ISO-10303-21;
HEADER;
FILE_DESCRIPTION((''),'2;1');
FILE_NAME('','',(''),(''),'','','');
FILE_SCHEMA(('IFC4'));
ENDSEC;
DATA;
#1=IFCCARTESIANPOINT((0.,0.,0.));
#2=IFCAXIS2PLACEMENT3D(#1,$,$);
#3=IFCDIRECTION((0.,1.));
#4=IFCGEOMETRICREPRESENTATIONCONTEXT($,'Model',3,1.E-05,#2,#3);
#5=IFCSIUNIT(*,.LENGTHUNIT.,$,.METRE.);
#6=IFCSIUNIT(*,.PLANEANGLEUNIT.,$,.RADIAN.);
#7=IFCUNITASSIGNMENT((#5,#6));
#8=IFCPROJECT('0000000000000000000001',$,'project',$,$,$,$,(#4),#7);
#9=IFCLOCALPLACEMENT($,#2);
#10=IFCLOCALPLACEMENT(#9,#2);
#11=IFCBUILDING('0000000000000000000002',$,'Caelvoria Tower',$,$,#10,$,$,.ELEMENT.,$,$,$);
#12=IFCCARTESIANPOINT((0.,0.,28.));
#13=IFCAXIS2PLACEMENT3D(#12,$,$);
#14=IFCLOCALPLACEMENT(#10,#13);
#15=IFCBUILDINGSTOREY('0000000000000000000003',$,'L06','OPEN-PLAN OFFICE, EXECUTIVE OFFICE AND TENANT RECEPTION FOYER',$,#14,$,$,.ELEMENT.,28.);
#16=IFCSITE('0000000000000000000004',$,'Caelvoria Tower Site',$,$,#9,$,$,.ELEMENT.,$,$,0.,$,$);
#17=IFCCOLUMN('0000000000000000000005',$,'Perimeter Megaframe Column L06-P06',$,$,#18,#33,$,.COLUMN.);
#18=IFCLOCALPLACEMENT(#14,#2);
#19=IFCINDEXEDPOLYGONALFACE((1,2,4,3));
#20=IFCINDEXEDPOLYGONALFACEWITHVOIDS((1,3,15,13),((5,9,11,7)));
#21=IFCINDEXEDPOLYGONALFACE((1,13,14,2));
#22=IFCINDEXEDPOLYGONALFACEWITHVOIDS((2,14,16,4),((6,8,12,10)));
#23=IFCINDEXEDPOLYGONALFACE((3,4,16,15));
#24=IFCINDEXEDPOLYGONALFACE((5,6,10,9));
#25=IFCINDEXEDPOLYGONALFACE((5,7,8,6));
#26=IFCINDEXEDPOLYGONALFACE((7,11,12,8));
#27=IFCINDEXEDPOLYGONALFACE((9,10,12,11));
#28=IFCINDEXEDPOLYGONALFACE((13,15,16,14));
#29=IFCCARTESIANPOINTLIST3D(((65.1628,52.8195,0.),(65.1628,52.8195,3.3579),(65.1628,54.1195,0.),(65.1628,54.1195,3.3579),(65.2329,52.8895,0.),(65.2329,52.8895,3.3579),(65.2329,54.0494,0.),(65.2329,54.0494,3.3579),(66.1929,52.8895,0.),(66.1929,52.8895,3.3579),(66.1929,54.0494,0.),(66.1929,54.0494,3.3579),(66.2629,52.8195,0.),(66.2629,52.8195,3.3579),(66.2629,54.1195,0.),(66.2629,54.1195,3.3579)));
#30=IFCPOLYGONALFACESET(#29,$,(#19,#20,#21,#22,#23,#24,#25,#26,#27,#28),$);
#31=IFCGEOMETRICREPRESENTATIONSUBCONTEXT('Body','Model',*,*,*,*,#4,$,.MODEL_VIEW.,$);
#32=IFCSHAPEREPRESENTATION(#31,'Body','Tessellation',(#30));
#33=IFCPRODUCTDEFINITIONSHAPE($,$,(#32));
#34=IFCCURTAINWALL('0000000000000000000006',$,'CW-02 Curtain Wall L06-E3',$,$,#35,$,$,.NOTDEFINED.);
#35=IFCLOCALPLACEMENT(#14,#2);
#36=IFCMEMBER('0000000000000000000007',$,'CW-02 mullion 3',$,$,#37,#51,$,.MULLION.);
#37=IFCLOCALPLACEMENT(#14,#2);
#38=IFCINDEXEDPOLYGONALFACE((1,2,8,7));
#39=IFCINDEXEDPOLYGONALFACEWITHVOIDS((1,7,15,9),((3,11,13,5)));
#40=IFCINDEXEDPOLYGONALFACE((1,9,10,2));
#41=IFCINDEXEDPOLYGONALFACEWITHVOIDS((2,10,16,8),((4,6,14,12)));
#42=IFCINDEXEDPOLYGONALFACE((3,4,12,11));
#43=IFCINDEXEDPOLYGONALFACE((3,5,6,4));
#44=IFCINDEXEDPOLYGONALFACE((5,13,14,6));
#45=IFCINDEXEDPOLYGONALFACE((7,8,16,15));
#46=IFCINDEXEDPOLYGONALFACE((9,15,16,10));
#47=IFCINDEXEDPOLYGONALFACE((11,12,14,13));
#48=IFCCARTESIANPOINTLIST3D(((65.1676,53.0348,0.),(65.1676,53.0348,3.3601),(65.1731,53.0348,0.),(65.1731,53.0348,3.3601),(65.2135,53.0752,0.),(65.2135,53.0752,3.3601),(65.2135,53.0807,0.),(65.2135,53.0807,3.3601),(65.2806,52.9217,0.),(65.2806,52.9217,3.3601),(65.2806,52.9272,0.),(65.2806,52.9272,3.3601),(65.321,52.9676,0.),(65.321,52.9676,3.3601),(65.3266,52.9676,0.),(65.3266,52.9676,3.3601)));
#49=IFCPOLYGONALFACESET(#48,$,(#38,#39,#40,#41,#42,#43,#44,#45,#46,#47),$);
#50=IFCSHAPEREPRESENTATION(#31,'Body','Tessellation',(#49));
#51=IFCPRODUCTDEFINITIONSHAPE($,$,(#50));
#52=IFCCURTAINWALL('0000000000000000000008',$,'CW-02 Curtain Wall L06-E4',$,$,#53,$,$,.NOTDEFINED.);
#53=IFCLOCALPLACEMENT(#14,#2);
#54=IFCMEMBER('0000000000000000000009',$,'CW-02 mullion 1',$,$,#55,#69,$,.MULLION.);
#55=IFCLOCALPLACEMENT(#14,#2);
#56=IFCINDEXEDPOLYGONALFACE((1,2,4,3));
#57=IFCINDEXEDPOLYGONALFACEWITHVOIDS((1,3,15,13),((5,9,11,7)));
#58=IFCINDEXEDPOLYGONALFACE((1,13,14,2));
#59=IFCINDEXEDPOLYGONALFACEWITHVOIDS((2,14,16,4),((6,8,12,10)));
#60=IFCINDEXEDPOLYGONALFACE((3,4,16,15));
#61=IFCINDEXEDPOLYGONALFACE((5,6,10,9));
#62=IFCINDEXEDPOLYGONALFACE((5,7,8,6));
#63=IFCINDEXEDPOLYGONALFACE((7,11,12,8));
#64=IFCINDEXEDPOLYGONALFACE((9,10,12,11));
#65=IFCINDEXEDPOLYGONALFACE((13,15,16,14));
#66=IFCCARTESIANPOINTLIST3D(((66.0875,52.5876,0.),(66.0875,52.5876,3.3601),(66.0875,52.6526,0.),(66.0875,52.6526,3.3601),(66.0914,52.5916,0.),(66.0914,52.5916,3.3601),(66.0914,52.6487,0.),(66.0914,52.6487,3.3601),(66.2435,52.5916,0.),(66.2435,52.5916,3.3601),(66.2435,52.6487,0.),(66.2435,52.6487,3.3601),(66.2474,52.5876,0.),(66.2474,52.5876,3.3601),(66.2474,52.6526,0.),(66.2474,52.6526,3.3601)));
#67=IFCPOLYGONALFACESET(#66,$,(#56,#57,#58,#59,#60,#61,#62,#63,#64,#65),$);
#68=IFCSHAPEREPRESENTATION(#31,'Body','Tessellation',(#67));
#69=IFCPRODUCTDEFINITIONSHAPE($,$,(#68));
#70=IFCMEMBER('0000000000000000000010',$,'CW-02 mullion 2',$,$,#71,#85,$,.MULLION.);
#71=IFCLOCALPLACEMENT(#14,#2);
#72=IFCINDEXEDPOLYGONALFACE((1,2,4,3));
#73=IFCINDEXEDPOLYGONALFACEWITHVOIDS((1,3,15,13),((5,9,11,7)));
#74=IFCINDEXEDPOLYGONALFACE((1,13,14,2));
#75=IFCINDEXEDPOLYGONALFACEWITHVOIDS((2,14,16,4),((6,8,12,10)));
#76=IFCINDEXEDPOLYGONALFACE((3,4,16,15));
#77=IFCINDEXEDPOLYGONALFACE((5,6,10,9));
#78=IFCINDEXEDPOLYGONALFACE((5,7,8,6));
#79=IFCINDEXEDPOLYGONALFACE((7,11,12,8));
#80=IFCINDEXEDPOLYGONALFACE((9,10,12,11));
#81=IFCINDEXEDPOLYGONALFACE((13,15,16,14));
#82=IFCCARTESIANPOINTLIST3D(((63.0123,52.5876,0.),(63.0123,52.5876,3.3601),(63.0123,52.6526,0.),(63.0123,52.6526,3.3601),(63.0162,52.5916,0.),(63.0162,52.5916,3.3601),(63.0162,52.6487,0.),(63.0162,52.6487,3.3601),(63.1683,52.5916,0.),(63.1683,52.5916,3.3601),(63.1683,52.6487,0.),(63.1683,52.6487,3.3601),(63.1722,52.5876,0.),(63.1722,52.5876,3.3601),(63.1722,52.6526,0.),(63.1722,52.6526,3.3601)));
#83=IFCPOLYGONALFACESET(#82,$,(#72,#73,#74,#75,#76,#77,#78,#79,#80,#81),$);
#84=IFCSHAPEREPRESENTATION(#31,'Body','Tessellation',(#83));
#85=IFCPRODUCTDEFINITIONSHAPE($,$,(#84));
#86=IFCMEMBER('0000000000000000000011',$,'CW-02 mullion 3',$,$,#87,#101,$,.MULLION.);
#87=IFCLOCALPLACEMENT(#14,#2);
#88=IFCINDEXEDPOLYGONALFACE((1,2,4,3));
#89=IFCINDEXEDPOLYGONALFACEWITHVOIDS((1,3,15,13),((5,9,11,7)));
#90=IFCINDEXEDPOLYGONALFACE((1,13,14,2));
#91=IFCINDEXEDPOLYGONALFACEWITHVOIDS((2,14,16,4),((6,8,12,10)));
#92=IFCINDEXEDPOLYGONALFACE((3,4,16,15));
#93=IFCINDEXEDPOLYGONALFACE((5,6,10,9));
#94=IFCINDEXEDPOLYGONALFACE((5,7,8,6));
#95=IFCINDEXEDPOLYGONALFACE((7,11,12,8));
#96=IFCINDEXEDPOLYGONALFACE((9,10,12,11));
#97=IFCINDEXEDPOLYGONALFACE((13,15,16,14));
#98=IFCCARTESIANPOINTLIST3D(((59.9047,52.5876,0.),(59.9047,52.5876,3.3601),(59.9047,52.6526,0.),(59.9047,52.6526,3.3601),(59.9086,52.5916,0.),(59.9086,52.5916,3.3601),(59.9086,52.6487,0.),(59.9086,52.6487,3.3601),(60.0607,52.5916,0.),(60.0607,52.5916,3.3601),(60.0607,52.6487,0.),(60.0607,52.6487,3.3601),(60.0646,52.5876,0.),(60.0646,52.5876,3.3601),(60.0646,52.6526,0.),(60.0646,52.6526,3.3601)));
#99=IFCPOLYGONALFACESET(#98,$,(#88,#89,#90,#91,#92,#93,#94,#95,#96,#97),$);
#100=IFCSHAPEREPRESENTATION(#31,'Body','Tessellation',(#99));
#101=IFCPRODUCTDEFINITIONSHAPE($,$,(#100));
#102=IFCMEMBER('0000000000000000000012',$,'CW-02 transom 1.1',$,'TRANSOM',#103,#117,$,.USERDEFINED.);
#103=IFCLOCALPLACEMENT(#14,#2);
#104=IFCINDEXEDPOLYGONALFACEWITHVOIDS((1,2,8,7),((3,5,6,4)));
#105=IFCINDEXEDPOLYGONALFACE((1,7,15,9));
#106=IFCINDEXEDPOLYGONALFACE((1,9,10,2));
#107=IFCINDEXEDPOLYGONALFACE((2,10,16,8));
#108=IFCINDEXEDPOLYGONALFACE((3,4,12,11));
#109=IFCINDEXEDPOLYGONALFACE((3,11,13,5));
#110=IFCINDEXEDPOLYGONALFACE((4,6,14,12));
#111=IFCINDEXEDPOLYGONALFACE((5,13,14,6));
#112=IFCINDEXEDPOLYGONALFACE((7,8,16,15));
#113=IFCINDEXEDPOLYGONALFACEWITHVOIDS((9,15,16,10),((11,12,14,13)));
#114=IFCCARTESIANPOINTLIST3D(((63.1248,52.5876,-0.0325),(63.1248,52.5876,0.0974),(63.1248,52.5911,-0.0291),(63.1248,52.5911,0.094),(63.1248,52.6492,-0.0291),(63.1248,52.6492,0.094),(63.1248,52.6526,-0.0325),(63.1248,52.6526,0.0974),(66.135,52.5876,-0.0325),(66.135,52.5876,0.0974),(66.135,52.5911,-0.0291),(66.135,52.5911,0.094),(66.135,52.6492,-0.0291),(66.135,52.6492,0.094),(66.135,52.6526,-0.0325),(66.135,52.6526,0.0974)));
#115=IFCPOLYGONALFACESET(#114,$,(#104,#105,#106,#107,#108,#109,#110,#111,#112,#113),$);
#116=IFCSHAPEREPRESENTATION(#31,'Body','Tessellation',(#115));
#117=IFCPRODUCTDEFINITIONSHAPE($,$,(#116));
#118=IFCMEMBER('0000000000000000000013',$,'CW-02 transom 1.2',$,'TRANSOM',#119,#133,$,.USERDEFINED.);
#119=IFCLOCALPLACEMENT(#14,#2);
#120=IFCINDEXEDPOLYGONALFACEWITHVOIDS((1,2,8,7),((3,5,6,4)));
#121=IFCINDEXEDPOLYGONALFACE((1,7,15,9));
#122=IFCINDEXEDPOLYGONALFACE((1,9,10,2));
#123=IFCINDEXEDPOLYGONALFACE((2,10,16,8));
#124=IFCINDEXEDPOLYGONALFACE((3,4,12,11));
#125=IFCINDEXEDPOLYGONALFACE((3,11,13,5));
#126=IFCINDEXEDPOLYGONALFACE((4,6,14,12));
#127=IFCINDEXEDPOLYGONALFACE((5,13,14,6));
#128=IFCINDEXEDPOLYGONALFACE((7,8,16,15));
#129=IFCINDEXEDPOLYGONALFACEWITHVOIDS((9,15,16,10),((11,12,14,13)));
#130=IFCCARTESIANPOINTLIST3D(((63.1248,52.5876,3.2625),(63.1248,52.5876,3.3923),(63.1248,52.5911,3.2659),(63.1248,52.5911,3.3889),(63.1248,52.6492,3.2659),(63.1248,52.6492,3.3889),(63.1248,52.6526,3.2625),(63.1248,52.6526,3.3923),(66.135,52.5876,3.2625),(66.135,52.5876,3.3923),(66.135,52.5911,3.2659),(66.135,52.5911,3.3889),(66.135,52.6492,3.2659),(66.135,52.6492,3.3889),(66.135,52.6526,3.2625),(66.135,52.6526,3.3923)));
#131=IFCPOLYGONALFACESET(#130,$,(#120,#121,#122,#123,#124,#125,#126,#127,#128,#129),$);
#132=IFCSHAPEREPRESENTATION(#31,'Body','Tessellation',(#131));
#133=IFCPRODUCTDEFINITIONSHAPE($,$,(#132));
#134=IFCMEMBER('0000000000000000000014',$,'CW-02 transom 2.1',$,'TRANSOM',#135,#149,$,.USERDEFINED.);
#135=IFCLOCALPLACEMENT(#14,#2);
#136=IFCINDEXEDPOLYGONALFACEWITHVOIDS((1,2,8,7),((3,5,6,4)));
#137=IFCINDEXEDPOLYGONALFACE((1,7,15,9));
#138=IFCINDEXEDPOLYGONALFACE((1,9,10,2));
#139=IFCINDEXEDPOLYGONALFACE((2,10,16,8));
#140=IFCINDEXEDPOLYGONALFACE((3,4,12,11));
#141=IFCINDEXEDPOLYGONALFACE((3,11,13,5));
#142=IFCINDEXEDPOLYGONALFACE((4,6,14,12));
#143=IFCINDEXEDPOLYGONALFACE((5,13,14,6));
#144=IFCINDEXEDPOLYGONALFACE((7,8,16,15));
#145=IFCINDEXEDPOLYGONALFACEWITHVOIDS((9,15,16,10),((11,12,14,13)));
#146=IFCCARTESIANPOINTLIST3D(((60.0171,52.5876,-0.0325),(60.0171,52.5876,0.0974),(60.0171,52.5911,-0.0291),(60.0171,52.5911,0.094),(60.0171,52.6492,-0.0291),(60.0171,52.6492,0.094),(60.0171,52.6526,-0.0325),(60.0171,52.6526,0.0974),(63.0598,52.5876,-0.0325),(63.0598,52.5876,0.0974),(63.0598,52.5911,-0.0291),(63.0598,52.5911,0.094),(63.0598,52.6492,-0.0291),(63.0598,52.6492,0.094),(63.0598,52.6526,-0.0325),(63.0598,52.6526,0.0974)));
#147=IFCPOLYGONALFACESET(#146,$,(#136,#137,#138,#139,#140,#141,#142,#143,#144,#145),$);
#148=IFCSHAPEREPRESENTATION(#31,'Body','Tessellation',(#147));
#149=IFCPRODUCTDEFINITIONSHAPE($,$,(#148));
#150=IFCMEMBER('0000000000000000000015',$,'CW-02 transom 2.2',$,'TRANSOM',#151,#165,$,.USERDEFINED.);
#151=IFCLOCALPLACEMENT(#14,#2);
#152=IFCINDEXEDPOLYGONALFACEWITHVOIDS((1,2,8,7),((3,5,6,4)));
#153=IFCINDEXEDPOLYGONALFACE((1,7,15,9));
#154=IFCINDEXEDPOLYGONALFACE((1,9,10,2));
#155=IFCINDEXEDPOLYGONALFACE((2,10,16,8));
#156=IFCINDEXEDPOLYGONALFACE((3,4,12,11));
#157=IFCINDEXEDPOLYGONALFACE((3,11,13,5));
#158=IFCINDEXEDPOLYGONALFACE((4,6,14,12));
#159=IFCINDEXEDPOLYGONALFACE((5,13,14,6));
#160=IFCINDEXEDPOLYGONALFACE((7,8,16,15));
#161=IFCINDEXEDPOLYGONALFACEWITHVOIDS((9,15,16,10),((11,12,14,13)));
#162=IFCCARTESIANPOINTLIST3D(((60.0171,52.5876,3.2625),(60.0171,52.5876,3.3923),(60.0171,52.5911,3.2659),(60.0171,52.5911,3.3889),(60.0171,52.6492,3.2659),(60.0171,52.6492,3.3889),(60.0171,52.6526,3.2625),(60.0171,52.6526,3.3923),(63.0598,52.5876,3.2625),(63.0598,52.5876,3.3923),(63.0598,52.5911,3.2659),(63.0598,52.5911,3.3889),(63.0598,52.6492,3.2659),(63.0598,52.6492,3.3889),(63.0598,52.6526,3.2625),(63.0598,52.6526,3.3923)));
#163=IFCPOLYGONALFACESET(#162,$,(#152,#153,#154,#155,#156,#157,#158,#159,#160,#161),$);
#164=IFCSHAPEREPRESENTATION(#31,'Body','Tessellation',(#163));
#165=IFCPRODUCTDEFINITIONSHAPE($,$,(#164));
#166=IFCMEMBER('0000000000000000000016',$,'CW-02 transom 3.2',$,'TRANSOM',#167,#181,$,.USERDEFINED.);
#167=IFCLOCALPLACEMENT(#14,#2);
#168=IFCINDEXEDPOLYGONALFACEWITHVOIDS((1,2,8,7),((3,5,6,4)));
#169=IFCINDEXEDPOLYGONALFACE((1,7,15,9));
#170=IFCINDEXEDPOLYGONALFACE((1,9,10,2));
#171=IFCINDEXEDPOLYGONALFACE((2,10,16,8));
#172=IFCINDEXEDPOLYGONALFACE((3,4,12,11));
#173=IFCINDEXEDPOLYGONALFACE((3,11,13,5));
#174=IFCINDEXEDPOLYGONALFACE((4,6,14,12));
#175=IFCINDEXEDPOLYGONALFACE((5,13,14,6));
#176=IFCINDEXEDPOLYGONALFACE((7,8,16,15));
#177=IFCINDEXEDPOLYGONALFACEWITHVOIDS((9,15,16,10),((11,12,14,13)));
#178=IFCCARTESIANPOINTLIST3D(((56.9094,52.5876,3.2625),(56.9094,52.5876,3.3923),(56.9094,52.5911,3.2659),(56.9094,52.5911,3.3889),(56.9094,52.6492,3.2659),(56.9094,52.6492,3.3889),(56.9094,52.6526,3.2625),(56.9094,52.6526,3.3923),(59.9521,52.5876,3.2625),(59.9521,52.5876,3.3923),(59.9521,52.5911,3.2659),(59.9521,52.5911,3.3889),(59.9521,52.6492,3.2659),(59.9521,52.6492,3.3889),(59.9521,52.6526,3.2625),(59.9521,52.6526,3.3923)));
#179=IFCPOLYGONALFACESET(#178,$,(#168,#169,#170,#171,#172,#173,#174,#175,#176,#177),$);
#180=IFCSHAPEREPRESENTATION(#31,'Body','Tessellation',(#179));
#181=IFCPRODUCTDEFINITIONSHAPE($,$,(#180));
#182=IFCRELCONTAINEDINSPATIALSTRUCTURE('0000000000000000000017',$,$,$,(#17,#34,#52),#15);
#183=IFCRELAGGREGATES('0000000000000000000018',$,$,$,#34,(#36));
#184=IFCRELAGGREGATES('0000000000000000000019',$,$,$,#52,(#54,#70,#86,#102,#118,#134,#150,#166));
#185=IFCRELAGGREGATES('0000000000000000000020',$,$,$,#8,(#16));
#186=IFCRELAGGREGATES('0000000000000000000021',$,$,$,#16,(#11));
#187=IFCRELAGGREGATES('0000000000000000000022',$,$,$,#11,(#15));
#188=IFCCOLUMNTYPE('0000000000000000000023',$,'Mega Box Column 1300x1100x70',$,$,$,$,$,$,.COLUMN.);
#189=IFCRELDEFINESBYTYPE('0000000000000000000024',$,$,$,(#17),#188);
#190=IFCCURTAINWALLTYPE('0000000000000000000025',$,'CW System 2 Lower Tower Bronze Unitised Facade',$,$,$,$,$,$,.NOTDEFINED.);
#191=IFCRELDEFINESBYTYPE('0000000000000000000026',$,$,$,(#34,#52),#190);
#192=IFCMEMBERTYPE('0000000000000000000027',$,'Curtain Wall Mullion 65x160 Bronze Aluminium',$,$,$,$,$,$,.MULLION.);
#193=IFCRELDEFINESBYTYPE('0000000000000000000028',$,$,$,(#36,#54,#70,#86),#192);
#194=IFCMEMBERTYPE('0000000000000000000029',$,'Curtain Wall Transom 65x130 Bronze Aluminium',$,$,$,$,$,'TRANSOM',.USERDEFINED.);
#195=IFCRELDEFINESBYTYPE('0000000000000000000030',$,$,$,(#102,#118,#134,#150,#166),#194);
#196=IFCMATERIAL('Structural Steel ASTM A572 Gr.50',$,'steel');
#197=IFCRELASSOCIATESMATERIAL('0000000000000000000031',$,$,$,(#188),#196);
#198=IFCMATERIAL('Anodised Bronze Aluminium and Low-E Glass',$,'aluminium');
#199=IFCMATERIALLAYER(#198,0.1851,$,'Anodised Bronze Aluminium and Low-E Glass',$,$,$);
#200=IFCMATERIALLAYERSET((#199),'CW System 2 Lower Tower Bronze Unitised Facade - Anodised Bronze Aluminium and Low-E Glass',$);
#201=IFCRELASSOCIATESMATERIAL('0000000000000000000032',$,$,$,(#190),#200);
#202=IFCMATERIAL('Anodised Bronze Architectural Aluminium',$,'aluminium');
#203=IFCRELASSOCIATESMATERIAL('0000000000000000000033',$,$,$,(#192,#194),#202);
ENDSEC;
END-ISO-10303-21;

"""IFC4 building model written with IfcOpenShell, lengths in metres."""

from ifc_helpers import new_model, si_unit, direction, frame, origin, origin_2d, place, context, subcontext, project, spatial, hollow_rectangle, extrude, material, layer, layer_set, material_profile, profile_set, type_object, element, aggregate, save


model = new_model("IFC4")

# Units and contexts
model_context = context("Model", 3, precision=1e-05, world=origin(), true_north=direction((0.0, 1.0)))
body_context = subcontext(model_context, "Body", "Model", "MODEL_VIEW")
ifc_project = project(units=[si_unit("LENGTHUNIT", "METRE"), si_unit("PLANEANGLEUNIT", "RADIAN")], contexts=[model_context])

# Site, building, storey
site_placement = place(None, origin())
site = spatial("IfcSite", under=ifc_project, at=site_placement, Name="Caelvoria Tower Site", CompositionType="ELEMENT", RefElevation=0.0)
building_placement = place(site_placement, origin())
building = spatial("IfcBuilding", under=site, at=building_placement, Name="Caelvoria Tower", CompositionType="ELEMENT")
storey_placement = place(building_placement, frame((0.0, 0.0, 28.0)))
storey = spatial("IfcBuildingStorey", under=building, at=storey_placement, Name="L06", Description="OPEN-PLAN OFFICE, EXECUTIVE OFFICE AND TENANT RECEPTION FOYER", CompositionType="ELEMENT", Elevation=28.0)

# Column
ifc_material_1 = material(Name="Structural Steel ASTM A572 Gr.50", Category="steel")
ifc_material_profile_1 = material_profile(ifc_material_1, hollow_rectangle(XDim=1.1001, YDim=1.3, WallThickness=0.0701, at=origin_2d()), Name="Structural Steel ASTM A572 Gr.50")
ifc_profile_set_1 = profile_set([ifc_material_profile_1], Name="BOX1300X1100X70 - Structural Steel ASTM A572 Gr.50")
column_type = type_object("IfcColumnType", Name="Mega Box Column 1300x1100x70", PredefinedType="COLUMN", material=ifc_profile_set_1)
column_placement = place(storey_placement, frame((65.7129, 53.4695, 0.0), z_axis=(0.0, 0.0, 1.0), x_axis=(1.0, 0.0, 0.0)))
element("IfcColumn", 1, at=column_placement, inside=storey, type_object=column_type, Name="Perimeter Megaframe Column L06-P06", PredefinedType="COLUMN", context=body_context, shape_type="SweptSolid", body=[
    extrude(hollow_rectangle(XDim=1.1001, YDim=1.3, WallThickness=0.0701, at=origin_2d()), origin(), (0.0, 0.0, 1.0), 3.3579),
])

# Curtain wall, member
ifc_material_2 = material(Name="Anodised Bronze Aluminium and Low-E Glass", Category="aluminium")
ifc_layer_1 = layer(ifc_material_2, 0.1851, Name="Anodised Bronze Aluminium and Low-E Glass")
ifc_layer_set_1 = layer_set([ifc_layer_1], Name="CW System 2 Lower Tower Bronze Unitised Facade - Anodised Bronze Aluminium and Low-E Glass")
curtain_wall_type = type_object("IfcCurtainWallType", Name="CW System 2 Lower Tower Bronze Unitised Facade", PredefinedType="NOTDEFINED", material=ifc_layer_set_1)
curtain_wall_1_placement = place(storey_placement, origin())
curtain_wall_1 = element("IfcCurtainWall", 2, at=curtain_wall_1_placement, inside=storey, type_object=curtain_wall_type, Name="CW-02 Curtain Wall L06-E3", PredefinedType="NOTDEFINED")
ifc_material_3 = material(Name="Anodised Bronze Architectural Aluminium", Category="aluminium")
ifc_material_profile_2 = material_profile(ifc_material_3, hollow_rectangle(XDim=0.0649, YDim=0.1599, WallThickness=0.0039, at=origin_2d()), Name="Anodised Bronze Architectural Aluminium")
ifc_profile_set_2 = profile_set([ifc_material_profile_2], Name="CW_MULL_65X160 - Anodised Bronze Architectural Aluminium")
member_type_1 = type_object("IfcMemberType", Name="Curtain Wall Mullion 65x160 Bronze Aluminium", PredefinedType="MULLION", material=ifc_profile_set_2)
member_1_placement = place(storey_placement, frame((65.2471, 53.0012, 0.0), z_axis=(0.0, 0.0, 1.0), x_axis=(-0.707107, -0.707107, 0.0)))
member_1 = element("IfcMember", 3, at=member_1_placement, type_object=member_type_1, Name="CW-02 mullion 3", PredefinedType="MULLION", context=body_context, shape_type="SweptSolid", body=[
    extrude(hollow_rectangle(XDim=0.0649, YDim=0.1599, WallThickness=0.0039, at=origin_2d()), origin(), (0.0, 0.0, 1.0), 3.3601),
])

# Curtain wall, members
curtain_wall_2_placement = place(storey_placement, origin())
curtain_wall_2 = element("IfcCurtainWall", 4, at=curtain_wall_2_placement, inside=storey, type_object=curtain_wall_type, Name="CW-02 Curtain Wall L06-E4", PredefinedType="NOTDEFINED")
member_2_placement = place(storey_placement, frame((66.1675, 52.6201, 0.0), z_axis=(0.0, 0.0, 1.0), x_axis=(0.0, -1.0, 0.0)))
member_2 = element("IfcMember", 5, at=member_2_placement, type_object=member_type_1, Name="CW-02 mullion 1", PredefinedType="MULLION", context=body_context, shape_type="SweptSolid", body=[
    extrude(hollow_rectangle(XDim=0.0649, YDim=0.1599, WallThickness=0.0039, at=origin_2d()), origin(), (0.0, 0.0, 1.0), 3.3601),
])
member_3_placement = place(storey_placement, frame((63.0923, 52.6201, 0.0), z_axis=(0.0, 0.0, 1.0), x_axis=(0.0, -1.0, 0.0)))
member_3 = element("IfcMember", 6, at=member_3_placement, type_object=member_type_1, Name="CW-02 mullion 2", PredefinedType="MULLION", context=body_context, shape_type="SweptSolid", body=[
    extrude(hollow_rectangle(XDim=0.0649, YDim=0.1599, WallThickness=0.0039, at=origin_2d()), origin(), (0.0, 0.0, 1.0), 3.3601),
])
member_4_placement = place(storey_placement, frame((59.9846, 52.6201, 0.0), z_axis=(0.0, 0.0, 1.0), x_axis=(0.0, -1.0, 0.0)))
member_4 = element("IfcMember", 7, at=member_4_placement, type_object=member_type_1, Name="CW-02 mullion 3", PredefinedType="MULLION", context=body_context, shape_type="SweptSolid", body=[
    extrude(hollow_rectangle(XDim=0.0649, YDim=0.1599, WallThickness=0.0039, at=origin_2d()), origin(), (0.0, 0.0, 1.0), 3.3601),
])
ifc_material_profile_3 = material_profile(ifc_material_3, hollow_rectangle(XDim=0.0649, YDim=0.1299, WallThickness=0.0034, at=origin_2d()), Name="Anodised Bronze Architectural Aluminium")
ifc_profile_set_3 = profile_set([ifc_material_profile_3], Name="CW_TRAN_65X130 - Anodised Bronze Architectural Aluminium")
member_type_2 = type_object("IfcMemberType", Name="Curtain Wall Transom 65x130 Bronze Aluminium", ElementType="TRANSOM", PredefinedType="USERDEFINED", material=ifc_profile_set_3)
member_5_placement = place(storey_placement, frame((66.135, 52.6201, 0.0325), z_axis=(-1.0, 0.0, 0.0), x_axis=(0.0, -1.0, 0.0)))
member_5 = element("IfcMember", 8, at=member_5_placement, type_object=member_type_2, Name="CW-02 transom 1.1", ObjectType="TRANSOM", PredefinedType="USERDEFINED", context=body_context, shape_type="SweptSolid", body=[
    extrude(hollow_rectangle(XDim=0.0649, YDim=0.1299, WallThickness=0.0034, at=origin_2d()), origin(), (0.0, 0.0, 1.0), 3.0103),
])
member_6_placement = place(storey_placement, frame((66.135, 52.6201, 3.3274), z_axis=(-1.0, 0.0, 0.0), x_axis=(0.0, -1.0, 0.0)))
member_6 = element("IfcMember", 9, at=member_6_placement, type_object=member_type_2, Name="CW-02 transom 1.2", ObjectType="TRANSOM", PredefinedType="USERDEFINED", context=body_context, shape_type="SweptSolid", body=[
    extrude(hollow_rectangle(XDim=0.0649, YDim=0.1299, WallThickness=0.0034, at=origin_2d()), origin(), (0.0, 0.0, 1.0), 3.0103),
])
member_7_placement = place(storey_placement, frame((63.0598, 52.6201, 0.0325), z_axis=(-1.0, 0.0, 0.0), x_axis=(0.0, -1.0, 0.0)))
member_7 = element("IfcMember", 10, at=member_7_placement, type_object=member_type_2, Name="CW-02 transom 2.1", ObjectType="TRANSOM", PredefinedType="USERDEFINED", context=body_context, shape_type="SweptSolid", body=[
    extrude(hollow_rectangle(XDim=0.0649, YDim=0.1299, WallThickness=0.0034, at=origin_2d()), origin(), (0.0, 0.0, 1.0), 3.0427),
])
member_8_placement = place(storey_placement, frame((63.0598, 52.6201, 3.3274), z_axis=(-1.0, 0.0, 0.0), x_axis=(0.0, -1.0, 0.0)))
member_8 = element("IfcMember", 11, at=member_8_placement, type_object=member_type_2, Name="CW-02 transom 2.2", ObjectType="TRANSOM", PredefinedType="USERDEFINED", context=body_context, shape_type="SweptSolid", body=[
    extrude(hollow_rectangle(XDim=0.0649, YDim=0.1299, WallThickness=0.0034, at=origin_2d()), origin(), (0.0, 0.0, 1.0), 3.0427),
])
member_9_placement = place(storey_placement, frame((59.9521, 52.6201, 3.3274), z_axis=(-1.0, 0.0, 0.0), x_axis=(0.0, -1.0, 0.0)))
member_9 = element("IfcMember", 12, at=member_9_placement, type_object=member_type_2, Name="CW-02 transom 3.2", ObjectType="TRANSOM", PredefinedType="USERDEFINED", context=body_context, shape_type="SweptSolid", body=[
    extrude(hollow_rectangle(XDim=0.0649, YDim=0.1299, WallThickness=0.0034, at=origin_2d()), origin(), (0.0, 0.0, 1.0), 3.0427),
])

aggregate(curtain_wall_1, [member_1])
aggregate(curtain_wall_2, [member_2, member_3, member_4, member_5, member_6, member_7, member_8, member_9])

save(model, "model.ifc")
